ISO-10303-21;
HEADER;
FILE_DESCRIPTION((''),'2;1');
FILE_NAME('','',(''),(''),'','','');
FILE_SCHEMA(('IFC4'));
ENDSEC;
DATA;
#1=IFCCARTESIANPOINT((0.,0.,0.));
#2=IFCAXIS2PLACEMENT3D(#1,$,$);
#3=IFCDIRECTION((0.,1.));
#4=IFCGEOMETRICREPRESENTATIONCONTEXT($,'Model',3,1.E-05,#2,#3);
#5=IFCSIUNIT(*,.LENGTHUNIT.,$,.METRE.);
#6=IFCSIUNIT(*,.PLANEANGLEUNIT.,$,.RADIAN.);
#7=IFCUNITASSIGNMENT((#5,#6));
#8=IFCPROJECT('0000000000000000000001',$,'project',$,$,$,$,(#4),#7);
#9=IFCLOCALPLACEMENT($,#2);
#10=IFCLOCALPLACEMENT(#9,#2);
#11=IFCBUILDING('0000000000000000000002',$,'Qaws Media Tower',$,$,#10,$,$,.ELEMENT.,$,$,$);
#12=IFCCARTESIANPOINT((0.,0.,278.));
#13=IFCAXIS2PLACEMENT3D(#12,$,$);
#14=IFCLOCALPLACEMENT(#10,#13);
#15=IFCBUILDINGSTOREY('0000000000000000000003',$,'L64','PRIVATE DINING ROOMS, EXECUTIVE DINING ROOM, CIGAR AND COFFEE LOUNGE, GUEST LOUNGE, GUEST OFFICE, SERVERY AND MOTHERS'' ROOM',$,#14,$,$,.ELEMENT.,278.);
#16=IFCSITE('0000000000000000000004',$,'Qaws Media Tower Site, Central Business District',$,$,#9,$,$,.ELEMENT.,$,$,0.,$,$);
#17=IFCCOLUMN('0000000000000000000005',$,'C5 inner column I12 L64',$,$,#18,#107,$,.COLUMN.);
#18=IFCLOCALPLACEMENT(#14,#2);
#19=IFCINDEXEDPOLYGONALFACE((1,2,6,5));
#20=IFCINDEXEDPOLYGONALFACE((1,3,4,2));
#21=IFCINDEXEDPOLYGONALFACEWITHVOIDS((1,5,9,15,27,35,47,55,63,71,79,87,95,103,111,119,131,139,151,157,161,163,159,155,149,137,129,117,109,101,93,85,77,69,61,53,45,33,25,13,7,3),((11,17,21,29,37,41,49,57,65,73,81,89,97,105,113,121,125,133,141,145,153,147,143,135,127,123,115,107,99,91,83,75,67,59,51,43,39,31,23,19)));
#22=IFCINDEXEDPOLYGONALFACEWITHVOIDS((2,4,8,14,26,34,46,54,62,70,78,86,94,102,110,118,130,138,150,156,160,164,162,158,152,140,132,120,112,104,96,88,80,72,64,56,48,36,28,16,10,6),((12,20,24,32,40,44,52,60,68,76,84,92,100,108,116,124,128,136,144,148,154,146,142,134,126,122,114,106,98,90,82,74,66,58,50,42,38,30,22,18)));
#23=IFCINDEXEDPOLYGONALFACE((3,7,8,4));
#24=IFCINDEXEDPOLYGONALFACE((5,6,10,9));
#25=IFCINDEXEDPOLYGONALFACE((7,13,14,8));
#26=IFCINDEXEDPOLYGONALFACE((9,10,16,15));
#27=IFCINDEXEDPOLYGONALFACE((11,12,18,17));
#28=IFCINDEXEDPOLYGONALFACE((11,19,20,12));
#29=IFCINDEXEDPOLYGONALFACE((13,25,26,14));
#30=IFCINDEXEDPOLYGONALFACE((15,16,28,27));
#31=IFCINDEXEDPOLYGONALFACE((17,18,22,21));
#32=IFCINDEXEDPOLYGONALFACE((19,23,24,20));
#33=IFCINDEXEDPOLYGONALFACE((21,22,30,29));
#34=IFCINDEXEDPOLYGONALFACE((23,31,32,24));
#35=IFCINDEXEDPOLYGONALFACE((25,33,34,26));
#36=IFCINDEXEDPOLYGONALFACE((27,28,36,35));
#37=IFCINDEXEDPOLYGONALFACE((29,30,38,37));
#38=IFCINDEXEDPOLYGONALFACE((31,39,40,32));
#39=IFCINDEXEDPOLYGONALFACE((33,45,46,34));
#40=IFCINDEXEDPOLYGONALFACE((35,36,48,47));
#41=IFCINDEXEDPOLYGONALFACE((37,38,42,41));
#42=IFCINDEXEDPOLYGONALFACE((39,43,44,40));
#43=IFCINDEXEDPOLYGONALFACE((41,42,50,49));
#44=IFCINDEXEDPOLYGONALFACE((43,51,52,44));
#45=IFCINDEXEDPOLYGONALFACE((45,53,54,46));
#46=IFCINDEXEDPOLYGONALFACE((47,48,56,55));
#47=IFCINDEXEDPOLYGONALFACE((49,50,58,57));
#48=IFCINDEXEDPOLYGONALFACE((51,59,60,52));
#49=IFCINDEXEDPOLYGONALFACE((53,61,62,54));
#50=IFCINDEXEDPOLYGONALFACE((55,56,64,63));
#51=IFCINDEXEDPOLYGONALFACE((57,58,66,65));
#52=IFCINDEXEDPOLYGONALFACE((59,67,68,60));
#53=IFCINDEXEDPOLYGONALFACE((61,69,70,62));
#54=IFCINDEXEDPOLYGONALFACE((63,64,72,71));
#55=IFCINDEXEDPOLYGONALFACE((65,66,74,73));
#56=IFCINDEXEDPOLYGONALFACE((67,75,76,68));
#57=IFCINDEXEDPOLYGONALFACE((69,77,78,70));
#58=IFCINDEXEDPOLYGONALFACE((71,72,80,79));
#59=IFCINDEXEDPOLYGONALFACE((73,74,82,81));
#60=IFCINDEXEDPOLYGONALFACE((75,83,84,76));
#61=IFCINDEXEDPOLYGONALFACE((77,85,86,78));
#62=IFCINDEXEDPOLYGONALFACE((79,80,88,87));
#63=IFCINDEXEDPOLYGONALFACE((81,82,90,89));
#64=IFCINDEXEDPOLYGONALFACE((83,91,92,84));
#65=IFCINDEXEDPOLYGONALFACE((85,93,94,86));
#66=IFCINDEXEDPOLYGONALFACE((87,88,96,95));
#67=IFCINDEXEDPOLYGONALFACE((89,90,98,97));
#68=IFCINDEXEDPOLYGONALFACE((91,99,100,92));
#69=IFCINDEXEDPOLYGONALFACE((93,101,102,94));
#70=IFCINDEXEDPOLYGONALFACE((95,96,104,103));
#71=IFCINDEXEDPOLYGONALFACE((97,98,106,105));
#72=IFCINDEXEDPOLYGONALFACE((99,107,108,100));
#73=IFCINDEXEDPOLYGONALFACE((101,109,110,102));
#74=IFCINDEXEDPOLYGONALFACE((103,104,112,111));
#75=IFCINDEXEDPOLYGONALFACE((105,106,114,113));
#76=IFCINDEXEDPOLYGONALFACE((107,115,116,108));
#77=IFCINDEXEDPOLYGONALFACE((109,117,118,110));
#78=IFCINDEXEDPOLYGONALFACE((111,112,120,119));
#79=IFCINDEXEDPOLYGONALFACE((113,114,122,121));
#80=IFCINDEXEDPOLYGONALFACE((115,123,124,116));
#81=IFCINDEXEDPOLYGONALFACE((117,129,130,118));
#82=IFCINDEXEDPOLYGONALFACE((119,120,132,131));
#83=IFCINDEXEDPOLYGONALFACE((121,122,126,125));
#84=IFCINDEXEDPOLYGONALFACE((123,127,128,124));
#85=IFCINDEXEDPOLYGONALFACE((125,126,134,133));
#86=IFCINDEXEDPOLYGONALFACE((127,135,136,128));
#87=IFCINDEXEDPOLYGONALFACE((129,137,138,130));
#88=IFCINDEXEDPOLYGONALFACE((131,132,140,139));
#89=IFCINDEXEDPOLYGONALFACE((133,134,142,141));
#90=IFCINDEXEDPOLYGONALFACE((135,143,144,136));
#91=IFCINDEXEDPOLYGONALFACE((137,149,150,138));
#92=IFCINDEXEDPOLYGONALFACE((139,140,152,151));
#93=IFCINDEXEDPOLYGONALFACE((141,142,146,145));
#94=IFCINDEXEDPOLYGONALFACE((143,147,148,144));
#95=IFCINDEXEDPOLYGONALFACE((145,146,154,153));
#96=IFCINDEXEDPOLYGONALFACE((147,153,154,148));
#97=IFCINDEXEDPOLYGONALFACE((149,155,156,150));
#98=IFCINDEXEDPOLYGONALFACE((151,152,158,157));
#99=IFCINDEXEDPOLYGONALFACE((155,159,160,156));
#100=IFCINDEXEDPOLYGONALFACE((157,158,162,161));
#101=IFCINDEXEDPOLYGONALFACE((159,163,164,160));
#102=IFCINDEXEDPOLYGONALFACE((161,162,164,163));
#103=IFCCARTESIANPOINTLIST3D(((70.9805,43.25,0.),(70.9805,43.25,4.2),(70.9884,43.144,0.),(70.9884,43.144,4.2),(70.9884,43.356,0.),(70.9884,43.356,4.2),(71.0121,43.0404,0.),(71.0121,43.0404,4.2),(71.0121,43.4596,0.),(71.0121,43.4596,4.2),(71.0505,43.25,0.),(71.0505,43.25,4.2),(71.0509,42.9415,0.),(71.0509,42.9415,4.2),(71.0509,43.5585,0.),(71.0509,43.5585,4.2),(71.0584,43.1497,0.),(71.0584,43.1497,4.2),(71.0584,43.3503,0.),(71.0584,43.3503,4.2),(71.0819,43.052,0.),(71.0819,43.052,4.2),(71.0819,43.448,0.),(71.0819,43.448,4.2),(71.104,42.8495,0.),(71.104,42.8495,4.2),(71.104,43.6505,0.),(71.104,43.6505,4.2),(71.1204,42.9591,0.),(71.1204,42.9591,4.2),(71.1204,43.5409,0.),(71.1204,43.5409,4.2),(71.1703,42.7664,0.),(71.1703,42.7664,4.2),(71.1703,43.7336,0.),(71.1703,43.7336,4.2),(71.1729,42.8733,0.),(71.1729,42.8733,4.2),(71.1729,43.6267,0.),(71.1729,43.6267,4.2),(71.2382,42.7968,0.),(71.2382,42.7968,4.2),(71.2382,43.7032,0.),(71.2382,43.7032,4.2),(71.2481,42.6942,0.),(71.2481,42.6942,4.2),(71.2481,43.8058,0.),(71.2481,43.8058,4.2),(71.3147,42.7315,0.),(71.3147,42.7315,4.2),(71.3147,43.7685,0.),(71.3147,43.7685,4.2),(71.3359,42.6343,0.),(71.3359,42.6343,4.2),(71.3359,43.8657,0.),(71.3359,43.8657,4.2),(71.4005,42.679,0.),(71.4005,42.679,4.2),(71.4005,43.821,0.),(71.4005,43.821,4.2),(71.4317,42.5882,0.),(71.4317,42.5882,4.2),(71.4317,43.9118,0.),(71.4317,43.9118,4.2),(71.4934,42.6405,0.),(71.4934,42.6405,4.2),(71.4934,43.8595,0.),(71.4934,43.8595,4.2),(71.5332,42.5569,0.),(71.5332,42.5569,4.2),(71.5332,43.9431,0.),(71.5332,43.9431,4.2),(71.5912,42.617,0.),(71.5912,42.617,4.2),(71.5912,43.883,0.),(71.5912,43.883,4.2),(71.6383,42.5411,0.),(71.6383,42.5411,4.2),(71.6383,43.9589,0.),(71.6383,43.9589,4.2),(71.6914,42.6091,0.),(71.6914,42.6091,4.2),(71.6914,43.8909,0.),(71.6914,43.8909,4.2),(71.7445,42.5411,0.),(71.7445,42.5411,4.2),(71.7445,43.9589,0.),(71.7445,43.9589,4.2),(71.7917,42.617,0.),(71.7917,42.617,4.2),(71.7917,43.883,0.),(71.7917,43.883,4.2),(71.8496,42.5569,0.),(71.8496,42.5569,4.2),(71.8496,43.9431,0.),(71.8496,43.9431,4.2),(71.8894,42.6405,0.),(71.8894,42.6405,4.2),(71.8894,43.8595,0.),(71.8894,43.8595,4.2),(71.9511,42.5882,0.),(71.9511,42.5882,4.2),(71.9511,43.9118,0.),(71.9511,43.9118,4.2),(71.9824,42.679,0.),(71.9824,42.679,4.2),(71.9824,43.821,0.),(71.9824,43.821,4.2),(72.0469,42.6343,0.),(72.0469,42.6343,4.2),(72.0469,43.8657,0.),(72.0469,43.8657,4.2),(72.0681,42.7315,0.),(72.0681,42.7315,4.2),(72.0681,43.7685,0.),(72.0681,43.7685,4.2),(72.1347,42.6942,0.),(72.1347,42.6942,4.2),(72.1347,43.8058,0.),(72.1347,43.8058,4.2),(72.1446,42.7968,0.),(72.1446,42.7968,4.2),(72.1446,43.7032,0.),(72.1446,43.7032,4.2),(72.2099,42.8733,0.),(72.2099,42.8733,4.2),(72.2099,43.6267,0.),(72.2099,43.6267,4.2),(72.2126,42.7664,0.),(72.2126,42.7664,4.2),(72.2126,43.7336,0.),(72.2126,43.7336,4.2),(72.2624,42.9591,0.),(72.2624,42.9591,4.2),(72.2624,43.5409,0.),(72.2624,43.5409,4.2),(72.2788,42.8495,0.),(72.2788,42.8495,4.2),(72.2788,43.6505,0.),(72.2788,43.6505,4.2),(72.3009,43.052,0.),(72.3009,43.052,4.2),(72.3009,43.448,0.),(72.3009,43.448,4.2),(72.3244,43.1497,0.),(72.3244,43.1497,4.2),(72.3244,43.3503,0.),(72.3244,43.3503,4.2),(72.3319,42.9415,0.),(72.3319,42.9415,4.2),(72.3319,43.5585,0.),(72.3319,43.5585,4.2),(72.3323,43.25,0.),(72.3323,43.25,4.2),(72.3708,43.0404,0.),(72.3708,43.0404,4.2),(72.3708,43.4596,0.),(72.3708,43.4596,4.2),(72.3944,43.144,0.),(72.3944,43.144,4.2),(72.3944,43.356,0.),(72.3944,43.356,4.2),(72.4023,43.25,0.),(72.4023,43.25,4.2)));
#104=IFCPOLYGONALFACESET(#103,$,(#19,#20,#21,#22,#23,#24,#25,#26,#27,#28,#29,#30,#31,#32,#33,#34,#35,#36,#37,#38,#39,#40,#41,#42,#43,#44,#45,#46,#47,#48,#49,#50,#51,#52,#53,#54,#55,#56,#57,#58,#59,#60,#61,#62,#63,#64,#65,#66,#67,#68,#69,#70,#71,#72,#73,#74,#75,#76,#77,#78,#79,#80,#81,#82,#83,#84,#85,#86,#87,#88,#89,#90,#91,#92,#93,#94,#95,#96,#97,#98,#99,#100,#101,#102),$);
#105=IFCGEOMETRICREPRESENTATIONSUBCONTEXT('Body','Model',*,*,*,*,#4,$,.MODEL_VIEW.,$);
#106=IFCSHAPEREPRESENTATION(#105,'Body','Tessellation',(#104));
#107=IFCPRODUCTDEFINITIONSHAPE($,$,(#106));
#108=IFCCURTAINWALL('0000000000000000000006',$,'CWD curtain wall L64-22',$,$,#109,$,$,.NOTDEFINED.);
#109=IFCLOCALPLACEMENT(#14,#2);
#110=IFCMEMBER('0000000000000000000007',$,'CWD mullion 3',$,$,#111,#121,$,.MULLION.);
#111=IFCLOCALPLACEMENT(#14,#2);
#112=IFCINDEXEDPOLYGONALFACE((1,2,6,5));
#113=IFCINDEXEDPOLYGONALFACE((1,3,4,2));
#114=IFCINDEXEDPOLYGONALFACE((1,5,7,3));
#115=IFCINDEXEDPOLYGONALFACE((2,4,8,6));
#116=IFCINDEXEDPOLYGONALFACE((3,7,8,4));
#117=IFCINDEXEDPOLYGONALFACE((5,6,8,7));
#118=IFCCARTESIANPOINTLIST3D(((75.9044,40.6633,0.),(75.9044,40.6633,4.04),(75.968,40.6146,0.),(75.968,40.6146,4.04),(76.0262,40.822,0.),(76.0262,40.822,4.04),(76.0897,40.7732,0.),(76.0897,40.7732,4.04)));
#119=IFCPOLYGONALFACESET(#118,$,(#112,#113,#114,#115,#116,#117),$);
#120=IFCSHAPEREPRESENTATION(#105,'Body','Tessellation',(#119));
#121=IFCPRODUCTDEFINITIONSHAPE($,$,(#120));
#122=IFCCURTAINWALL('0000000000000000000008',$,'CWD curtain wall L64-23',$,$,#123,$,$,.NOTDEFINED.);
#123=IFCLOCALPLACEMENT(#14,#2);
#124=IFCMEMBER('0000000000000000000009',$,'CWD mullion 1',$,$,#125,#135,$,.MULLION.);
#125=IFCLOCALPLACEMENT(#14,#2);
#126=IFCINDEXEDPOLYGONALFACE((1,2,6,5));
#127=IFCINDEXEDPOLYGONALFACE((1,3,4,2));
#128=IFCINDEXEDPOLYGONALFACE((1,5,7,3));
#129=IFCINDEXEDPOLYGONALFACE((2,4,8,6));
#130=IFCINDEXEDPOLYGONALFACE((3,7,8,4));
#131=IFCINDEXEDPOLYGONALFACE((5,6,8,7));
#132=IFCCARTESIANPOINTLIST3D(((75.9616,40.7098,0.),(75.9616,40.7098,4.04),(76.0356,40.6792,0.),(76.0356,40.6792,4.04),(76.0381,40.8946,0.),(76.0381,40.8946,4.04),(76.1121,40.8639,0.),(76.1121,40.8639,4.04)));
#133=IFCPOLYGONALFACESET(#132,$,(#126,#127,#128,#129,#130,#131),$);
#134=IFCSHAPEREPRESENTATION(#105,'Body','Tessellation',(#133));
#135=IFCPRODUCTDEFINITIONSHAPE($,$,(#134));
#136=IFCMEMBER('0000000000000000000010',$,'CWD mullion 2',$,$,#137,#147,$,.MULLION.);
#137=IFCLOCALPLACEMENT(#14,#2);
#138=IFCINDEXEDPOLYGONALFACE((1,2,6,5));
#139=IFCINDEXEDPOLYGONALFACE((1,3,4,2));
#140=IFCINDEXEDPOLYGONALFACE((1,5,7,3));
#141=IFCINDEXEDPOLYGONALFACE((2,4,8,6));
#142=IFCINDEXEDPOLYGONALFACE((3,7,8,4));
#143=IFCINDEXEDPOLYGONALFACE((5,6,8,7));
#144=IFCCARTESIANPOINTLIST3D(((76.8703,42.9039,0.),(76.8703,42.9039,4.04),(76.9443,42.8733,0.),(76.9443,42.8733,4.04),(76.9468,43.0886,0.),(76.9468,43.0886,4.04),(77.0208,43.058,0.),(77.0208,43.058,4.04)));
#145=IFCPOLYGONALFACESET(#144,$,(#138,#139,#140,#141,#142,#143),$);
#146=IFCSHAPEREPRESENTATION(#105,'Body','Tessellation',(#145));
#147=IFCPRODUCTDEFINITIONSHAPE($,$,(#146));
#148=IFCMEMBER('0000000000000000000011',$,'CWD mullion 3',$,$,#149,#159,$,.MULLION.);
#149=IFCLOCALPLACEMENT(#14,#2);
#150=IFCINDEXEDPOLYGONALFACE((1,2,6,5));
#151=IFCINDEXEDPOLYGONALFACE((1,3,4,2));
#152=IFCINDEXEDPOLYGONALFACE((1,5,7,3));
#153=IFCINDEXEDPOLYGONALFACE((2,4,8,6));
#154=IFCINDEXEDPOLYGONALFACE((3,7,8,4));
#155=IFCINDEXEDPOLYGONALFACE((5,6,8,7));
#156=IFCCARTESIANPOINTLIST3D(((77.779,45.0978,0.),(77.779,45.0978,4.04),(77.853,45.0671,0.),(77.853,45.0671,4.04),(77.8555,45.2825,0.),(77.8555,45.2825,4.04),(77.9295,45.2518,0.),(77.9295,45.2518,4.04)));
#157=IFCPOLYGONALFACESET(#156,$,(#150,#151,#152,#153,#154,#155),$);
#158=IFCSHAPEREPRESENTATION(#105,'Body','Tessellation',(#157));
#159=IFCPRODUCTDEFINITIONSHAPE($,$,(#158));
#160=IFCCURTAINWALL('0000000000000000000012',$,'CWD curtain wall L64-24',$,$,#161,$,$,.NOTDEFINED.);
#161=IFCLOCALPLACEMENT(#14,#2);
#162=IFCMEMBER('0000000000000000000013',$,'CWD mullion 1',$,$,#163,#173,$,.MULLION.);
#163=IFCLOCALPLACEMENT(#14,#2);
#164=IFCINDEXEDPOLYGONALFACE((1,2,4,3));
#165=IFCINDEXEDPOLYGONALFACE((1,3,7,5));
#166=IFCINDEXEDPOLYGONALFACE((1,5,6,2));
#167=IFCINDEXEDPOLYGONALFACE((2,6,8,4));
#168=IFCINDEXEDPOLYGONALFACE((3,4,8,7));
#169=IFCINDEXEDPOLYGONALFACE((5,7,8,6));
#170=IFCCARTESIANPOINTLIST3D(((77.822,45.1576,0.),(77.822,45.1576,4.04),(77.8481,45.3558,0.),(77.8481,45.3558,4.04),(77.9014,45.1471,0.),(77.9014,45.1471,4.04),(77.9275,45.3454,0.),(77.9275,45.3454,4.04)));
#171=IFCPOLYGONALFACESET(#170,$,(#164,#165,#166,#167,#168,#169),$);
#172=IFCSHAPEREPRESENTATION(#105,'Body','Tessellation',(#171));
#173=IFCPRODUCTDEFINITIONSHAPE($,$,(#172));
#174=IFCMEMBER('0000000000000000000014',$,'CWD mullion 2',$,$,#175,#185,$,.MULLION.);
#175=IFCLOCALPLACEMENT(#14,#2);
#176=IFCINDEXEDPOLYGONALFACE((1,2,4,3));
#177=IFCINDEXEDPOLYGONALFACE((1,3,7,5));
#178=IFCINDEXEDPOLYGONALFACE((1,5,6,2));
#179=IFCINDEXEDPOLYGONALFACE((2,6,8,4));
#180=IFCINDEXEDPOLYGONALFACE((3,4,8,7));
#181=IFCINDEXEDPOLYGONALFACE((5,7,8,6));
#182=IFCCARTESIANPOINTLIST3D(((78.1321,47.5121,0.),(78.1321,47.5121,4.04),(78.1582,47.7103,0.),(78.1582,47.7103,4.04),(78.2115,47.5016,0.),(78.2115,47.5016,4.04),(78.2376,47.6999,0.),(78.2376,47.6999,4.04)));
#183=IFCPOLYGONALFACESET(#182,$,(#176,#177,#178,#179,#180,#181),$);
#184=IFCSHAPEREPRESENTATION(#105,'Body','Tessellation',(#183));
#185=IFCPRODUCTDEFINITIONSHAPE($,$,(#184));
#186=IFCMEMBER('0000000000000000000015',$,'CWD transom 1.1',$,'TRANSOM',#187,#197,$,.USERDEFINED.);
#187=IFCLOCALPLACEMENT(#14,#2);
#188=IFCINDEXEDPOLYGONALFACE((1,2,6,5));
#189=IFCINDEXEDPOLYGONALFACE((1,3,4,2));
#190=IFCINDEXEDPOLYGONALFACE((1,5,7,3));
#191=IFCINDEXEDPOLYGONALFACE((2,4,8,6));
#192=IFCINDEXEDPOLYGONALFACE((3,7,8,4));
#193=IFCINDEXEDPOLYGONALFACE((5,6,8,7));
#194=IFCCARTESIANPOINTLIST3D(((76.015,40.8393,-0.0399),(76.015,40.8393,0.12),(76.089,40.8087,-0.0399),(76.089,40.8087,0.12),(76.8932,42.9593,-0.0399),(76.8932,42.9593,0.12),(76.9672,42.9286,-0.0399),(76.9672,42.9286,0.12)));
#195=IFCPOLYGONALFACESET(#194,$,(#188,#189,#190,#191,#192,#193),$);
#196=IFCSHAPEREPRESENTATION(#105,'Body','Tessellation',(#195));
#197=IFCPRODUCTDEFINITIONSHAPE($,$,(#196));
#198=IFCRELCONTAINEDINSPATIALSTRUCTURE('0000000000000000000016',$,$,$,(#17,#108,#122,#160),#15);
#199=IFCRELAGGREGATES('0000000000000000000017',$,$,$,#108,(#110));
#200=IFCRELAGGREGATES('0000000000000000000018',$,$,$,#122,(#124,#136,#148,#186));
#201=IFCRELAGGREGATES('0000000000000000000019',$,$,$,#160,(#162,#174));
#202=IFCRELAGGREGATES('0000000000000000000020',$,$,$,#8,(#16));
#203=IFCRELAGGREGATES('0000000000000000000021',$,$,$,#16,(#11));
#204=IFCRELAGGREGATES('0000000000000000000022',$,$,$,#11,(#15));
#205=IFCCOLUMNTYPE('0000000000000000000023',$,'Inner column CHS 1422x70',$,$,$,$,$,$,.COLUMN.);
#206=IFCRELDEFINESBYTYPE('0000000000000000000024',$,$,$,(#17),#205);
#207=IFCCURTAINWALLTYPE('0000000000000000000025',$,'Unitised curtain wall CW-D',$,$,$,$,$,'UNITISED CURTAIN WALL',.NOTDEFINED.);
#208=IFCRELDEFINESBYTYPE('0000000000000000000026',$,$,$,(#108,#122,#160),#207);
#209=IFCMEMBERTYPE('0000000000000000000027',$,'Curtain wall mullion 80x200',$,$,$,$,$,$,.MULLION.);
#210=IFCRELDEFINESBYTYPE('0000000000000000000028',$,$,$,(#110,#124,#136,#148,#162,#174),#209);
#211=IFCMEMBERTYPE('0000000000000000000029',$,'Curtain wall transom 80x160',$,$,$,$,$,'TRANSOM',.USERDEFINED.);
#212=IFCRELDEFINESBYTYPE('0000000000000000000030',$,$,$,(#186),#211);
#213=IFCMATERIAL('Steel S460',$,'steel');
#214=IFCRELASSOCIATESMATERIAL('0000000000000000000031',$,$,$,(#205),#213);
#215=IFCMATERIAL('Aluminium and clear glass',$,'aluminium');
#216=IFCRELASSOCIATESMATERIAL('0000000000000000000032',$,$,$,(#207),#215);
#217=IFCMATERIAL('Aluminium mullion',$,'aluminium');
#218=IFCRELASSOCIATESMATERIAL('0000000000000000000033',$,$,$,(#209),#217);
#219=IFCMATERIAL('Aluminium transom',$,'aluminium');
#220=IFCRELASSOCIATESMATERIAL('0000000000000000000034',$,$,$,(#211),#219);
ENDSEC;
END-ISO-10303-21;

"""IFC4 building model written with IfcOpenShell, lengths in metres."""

from ifc_helpers import new_model, si_unit, direction, frame, origin, origin_2d, place, context, subcontext, project, spatial, rectangle, hollow_circle, extrude, material, material_profile, profile_set, type_object, element, aggregate, save


model = new_model("IFC4")

# Units and contexts
model_context = context("Model", 3, precision=1e-05, world=origin(), true_north=direction((0.0, 1.0)))
body_context = subcontext(model_context, "Body", "Model", "MODEL_VIEW")
ifc_project = project(units=[si_unit("LENGTHUNIT", "METRE"), si_unit("PLANEANGLEUNIT", "RADIAN")], contexts=[model_context])

# Site, building, storey
site_placement = place(None, origin())
site = spatial("IfcSite", under=ifc_project, at=site_placement, Name="Qaws Media Tower Site, Central Business District", CompositionType="ELEMENT", RefElevation=0.0)
building_placement = place(site_placement, origin())
building = spatial("IfcBuilding", under=site, at=building_placement, Name="Qaws Media Tower", CompositionType="ELEMENT")
storey_placement = place(building_placement, frame((0.0, 0.0, 278.0)))
storey = spatial("IfcBuildingStorey", under=building, at=storey_placement, Name="L64", Description="PRIVATE DINING ROOMS, EXECUTIVE DINING ROOM, CIGAR AND COFFEE LOUNGE, GUEST LOUNGE, GUEST OFFICE, SERVERY AND MOTHERS' ROOM", CompositionType="ELEMENT", Elevation=278.0)

# Column
ifc_material_1 = material(Name="Steel S460", Category="steel")
ifc_material_profile_1 = material_profile(ifc_material_1, hollow_circle(Radius=0.7109, WallThickness=0.0701, at=origin_2d()), Name="CHS 1422x70")
ifc_profile_set_1 = profile_set([ifc_material_profile_1], Name="Steel S460")
column_type = type_object("IfcColumnType", Name="Inner column CHS 1422x70", PredefinedType="COLUMN", material=ifc_profile_set_1)
column_placement = place(storey_placement, frame((71.6914, 43.25, 0.0), z_axis=(0.0, 0.0, 1.0), x_axis=(1.0, 0.0, 0.0)))
element("IfcColumn", 1, at=column_placement, inside=storey, type_object=column_type, Name="C5 inner column I12 L64", PredefinedType="COLUMN", context=body_context, shape_type="SweptSolid", body=[
    extrude(hollow_circle(Radius=0.7109, WallThickness=0.0701, at=origin_2d()), origin(), (0.0, 0.0, 1.0), 4.2),
])

# Curtain wall, member
ifc_material_2 = material(Name="Aluminium and clear glass", Category="aluminium")
curtain_wall_type = type_object("IfcCurtainWallType", Name="Unitised curtain wall CW-D", ElementType="UNITISED CURTAIN WALL", PredefinedType="NOTDEFINED", material=ifc_material_2)
curtain_wall_1_placement = place(storey_placement, origin())
curtain_wall_1 = element("IfcCurtainWall", 2, at=curtain_wall_1_placement, inside=storey, type_object=curtain_wall_type, Name="CWD curtain wall L64-22", PredefinedType="NOTDEFINED")
ifc_material_3 = material(Name="Aluminium mullion", Category="aluminium")
ifc_material_profile_2 = material_profile(ifc_material_3, rectangle(XDim=0.0801, YDim=0.2, at=origin_2d()), Name="80x200")
ifc_profile_set_2 = profile_set([ifc_material_profile_2], Name="Aluminium mullion")
member_type_1 = type_object("IfcMemberType", Name="Curtain wall mullion 80x200", PredefinedType="MULLION", material=ifc_profile_set_2)
member_1_placement = place(storey_placement, frame((75.9971, 40.7183, 0.0), z_axis=(0.0, 0.0, 1.0), x_axis=(-0.793353, 0.608762, 0.0)))
member_1 = element("IfcMember", 3, at=member_1_placement, type_object=member_type_1, Name="CWD mullion 3", PredefinedType="MULLION", context=body_context, shape_type="SweptSolid", body=[
    extrude(rectangle(XDim=0.0801, YDim=0.2, at=origin_2d()), origin(), (0.0, 0.0, 1.0), 4.04),
])
aggregate(curtain_wall_1, [member_1])

# Curtain walls, members
curtain_wall_2_placement = place(storey_placement, origin())
curtain_wall_2 = element("IfcCurtainWall", 4, at=curtain_wall_2_placement, inside=storey, type_object=curtain_wall_type, Name="CWD curtain wall L64-23", PredefinedType="NOTDEFINED")
member_2_placement = place(storey_placement, frame((76.0369, 40.7869, 0.0), z_axis=(0.0, 0.0, 1.0), x_axis=(-0.92388, 0.382683, 0.0)))
member_2 = element("IfcMember", 5, at=member_2_placement, type_object=member_type_1, Name="CWD mullion 1", PredefinedType="MULLION", context=body_context, shape_type="SweptSolid", body=[
    extrude(rectangle(XDim=0.0801, YDim=0.2, at=origin_2d()), origin(), (0.0, 0.0, 1.0), 4.04),
])
member_3_placement = place(storey_placement, frame((76.9456, 42.981, 0.0), z_axis=(0.0, 0.0, 1.0), x_axis=(-0.92388, 0.382683, 0.0)))
member_3 = element("IfcMember", 6, at=member_3_placement, type_object=member_type_1, Name="CWD mullion 2", PredefinedType="MULLION", context=body_context, shape_type="SweptSolid", body=[
    extrude(rectangle(XDim=0.0801, YDim=0.2, at=origin_2d()), origin(), (0.0, 0.0, 1.0), 4.04),
])
member_4_placement = place(storey_placement, frame((77.8542, 45.1748, 0.0), z_axis=(0.0, 0.0, 1.0), x_axis=(-0.92388, 0.382683, 0.0)))
member_4 = element("IfcMember", 7, at=member_4_placement, type_object=member_type_1, Name="CWD mullion 3", PredefinedType="MULLION", context=body_context, shape_type="SweptSolid", body=[
    extrude(rectangle(XDim=0.0801, YDim=0.2, at=origin_2d()), origin(), (0.0, 0.0, 1.0), 4.04),
])
curtain_wall_3_placement = place(storey_placement, origin())
curtain_wall_3 = element("IfcCurtainWall", 8, at=curtain_wall_3_placement, inside=storey, type_object=curtain_wall_type, Name="CWD curtain wall L64-24", PredefinedType="NOTDEFINED")
member_5_placement = place(storey_placement, frame((77.8748, 45.2515, 0.0), z_axis=(0.0, 0.0, 1.0), x_axis=(-0.991445, 0.130526, 0.0)))
member_5 = element("IfcMember", 9, at=member_5_placement, type_object=member_type_1, Name="CWD mullion 1", PredefinedType="MULLION", context=body_context, shape_type="SweptSolid", body=[
    extrude(rectangle(XDim=0.0801, YDim=0.2, at=origin_2d()), origin(), (0.0, 0.0, 1.0), 4.04),
])
member_6_placement = place(storey_placement, frame((78.1848, 47.606, 0.0), z_axis=(0.0, 0.0, 1.0), x_axis=(-0.991445, 0.130526, 0.0)))
member_6 = element("IfcMember", 10, at=member_6_placement, type_object=member_type_1, Name="CWD mullion 2", PredefinedType="MULLION", context=body_context, shape_type="SweptSolid", body=[
    extrude(rectangle(XDim=0.0801, YDim=0.2, at=origin_2d()), origin(), (0.0, 0.0, 1.0), 4.04),
])

# Member
ifc_material_4 = material(Name="Aluminium transom", Category="aluminium")
ifc_material_profile_3 = material_profile(ifc_material_4, rectangle(XDim=0.0801, YDim=0.1599, at=origin_2d()), Name="80x160")
ifc_profile_set_3 = profile_set([ifc_material_profile_3], Name="Aluminium transom")
member_type_2 = type_object("IfcMemberType", Name="Curtain wall transom 80x160", ElementType="TRANSOM", PredefinedType="USERDEFINED", material=ifc_profile_set_3)
member_7_placement = place(storey_placement, frame((76.052, 40.824, 0.04), z_axis=(0.382718, 0.923865, 0.0), x_axis=(-0.923865, 0.382718, 0.0)))
member_7 = element("IfcMember", 11, at=member_7_placement, type_object=member_type_2, Name="CWD transom 1.1", ObjectType="TRANSOM", PredefinedType="USERDEFINED", context=body_context, shape_type="SweptSolid", body=[
    extrude(rectangle(XDim=0.0801, YDim=0.1599, at=origin_2d()), origin(), (0.0, 0.0, 1.0), 2.2947),
])

aggregate(curtain_wall_2, [member_2, member_3, member_4, member_7])
aggregate(curtain_wall_3, [member_5, member_6])

save(model, "model.ifc")
